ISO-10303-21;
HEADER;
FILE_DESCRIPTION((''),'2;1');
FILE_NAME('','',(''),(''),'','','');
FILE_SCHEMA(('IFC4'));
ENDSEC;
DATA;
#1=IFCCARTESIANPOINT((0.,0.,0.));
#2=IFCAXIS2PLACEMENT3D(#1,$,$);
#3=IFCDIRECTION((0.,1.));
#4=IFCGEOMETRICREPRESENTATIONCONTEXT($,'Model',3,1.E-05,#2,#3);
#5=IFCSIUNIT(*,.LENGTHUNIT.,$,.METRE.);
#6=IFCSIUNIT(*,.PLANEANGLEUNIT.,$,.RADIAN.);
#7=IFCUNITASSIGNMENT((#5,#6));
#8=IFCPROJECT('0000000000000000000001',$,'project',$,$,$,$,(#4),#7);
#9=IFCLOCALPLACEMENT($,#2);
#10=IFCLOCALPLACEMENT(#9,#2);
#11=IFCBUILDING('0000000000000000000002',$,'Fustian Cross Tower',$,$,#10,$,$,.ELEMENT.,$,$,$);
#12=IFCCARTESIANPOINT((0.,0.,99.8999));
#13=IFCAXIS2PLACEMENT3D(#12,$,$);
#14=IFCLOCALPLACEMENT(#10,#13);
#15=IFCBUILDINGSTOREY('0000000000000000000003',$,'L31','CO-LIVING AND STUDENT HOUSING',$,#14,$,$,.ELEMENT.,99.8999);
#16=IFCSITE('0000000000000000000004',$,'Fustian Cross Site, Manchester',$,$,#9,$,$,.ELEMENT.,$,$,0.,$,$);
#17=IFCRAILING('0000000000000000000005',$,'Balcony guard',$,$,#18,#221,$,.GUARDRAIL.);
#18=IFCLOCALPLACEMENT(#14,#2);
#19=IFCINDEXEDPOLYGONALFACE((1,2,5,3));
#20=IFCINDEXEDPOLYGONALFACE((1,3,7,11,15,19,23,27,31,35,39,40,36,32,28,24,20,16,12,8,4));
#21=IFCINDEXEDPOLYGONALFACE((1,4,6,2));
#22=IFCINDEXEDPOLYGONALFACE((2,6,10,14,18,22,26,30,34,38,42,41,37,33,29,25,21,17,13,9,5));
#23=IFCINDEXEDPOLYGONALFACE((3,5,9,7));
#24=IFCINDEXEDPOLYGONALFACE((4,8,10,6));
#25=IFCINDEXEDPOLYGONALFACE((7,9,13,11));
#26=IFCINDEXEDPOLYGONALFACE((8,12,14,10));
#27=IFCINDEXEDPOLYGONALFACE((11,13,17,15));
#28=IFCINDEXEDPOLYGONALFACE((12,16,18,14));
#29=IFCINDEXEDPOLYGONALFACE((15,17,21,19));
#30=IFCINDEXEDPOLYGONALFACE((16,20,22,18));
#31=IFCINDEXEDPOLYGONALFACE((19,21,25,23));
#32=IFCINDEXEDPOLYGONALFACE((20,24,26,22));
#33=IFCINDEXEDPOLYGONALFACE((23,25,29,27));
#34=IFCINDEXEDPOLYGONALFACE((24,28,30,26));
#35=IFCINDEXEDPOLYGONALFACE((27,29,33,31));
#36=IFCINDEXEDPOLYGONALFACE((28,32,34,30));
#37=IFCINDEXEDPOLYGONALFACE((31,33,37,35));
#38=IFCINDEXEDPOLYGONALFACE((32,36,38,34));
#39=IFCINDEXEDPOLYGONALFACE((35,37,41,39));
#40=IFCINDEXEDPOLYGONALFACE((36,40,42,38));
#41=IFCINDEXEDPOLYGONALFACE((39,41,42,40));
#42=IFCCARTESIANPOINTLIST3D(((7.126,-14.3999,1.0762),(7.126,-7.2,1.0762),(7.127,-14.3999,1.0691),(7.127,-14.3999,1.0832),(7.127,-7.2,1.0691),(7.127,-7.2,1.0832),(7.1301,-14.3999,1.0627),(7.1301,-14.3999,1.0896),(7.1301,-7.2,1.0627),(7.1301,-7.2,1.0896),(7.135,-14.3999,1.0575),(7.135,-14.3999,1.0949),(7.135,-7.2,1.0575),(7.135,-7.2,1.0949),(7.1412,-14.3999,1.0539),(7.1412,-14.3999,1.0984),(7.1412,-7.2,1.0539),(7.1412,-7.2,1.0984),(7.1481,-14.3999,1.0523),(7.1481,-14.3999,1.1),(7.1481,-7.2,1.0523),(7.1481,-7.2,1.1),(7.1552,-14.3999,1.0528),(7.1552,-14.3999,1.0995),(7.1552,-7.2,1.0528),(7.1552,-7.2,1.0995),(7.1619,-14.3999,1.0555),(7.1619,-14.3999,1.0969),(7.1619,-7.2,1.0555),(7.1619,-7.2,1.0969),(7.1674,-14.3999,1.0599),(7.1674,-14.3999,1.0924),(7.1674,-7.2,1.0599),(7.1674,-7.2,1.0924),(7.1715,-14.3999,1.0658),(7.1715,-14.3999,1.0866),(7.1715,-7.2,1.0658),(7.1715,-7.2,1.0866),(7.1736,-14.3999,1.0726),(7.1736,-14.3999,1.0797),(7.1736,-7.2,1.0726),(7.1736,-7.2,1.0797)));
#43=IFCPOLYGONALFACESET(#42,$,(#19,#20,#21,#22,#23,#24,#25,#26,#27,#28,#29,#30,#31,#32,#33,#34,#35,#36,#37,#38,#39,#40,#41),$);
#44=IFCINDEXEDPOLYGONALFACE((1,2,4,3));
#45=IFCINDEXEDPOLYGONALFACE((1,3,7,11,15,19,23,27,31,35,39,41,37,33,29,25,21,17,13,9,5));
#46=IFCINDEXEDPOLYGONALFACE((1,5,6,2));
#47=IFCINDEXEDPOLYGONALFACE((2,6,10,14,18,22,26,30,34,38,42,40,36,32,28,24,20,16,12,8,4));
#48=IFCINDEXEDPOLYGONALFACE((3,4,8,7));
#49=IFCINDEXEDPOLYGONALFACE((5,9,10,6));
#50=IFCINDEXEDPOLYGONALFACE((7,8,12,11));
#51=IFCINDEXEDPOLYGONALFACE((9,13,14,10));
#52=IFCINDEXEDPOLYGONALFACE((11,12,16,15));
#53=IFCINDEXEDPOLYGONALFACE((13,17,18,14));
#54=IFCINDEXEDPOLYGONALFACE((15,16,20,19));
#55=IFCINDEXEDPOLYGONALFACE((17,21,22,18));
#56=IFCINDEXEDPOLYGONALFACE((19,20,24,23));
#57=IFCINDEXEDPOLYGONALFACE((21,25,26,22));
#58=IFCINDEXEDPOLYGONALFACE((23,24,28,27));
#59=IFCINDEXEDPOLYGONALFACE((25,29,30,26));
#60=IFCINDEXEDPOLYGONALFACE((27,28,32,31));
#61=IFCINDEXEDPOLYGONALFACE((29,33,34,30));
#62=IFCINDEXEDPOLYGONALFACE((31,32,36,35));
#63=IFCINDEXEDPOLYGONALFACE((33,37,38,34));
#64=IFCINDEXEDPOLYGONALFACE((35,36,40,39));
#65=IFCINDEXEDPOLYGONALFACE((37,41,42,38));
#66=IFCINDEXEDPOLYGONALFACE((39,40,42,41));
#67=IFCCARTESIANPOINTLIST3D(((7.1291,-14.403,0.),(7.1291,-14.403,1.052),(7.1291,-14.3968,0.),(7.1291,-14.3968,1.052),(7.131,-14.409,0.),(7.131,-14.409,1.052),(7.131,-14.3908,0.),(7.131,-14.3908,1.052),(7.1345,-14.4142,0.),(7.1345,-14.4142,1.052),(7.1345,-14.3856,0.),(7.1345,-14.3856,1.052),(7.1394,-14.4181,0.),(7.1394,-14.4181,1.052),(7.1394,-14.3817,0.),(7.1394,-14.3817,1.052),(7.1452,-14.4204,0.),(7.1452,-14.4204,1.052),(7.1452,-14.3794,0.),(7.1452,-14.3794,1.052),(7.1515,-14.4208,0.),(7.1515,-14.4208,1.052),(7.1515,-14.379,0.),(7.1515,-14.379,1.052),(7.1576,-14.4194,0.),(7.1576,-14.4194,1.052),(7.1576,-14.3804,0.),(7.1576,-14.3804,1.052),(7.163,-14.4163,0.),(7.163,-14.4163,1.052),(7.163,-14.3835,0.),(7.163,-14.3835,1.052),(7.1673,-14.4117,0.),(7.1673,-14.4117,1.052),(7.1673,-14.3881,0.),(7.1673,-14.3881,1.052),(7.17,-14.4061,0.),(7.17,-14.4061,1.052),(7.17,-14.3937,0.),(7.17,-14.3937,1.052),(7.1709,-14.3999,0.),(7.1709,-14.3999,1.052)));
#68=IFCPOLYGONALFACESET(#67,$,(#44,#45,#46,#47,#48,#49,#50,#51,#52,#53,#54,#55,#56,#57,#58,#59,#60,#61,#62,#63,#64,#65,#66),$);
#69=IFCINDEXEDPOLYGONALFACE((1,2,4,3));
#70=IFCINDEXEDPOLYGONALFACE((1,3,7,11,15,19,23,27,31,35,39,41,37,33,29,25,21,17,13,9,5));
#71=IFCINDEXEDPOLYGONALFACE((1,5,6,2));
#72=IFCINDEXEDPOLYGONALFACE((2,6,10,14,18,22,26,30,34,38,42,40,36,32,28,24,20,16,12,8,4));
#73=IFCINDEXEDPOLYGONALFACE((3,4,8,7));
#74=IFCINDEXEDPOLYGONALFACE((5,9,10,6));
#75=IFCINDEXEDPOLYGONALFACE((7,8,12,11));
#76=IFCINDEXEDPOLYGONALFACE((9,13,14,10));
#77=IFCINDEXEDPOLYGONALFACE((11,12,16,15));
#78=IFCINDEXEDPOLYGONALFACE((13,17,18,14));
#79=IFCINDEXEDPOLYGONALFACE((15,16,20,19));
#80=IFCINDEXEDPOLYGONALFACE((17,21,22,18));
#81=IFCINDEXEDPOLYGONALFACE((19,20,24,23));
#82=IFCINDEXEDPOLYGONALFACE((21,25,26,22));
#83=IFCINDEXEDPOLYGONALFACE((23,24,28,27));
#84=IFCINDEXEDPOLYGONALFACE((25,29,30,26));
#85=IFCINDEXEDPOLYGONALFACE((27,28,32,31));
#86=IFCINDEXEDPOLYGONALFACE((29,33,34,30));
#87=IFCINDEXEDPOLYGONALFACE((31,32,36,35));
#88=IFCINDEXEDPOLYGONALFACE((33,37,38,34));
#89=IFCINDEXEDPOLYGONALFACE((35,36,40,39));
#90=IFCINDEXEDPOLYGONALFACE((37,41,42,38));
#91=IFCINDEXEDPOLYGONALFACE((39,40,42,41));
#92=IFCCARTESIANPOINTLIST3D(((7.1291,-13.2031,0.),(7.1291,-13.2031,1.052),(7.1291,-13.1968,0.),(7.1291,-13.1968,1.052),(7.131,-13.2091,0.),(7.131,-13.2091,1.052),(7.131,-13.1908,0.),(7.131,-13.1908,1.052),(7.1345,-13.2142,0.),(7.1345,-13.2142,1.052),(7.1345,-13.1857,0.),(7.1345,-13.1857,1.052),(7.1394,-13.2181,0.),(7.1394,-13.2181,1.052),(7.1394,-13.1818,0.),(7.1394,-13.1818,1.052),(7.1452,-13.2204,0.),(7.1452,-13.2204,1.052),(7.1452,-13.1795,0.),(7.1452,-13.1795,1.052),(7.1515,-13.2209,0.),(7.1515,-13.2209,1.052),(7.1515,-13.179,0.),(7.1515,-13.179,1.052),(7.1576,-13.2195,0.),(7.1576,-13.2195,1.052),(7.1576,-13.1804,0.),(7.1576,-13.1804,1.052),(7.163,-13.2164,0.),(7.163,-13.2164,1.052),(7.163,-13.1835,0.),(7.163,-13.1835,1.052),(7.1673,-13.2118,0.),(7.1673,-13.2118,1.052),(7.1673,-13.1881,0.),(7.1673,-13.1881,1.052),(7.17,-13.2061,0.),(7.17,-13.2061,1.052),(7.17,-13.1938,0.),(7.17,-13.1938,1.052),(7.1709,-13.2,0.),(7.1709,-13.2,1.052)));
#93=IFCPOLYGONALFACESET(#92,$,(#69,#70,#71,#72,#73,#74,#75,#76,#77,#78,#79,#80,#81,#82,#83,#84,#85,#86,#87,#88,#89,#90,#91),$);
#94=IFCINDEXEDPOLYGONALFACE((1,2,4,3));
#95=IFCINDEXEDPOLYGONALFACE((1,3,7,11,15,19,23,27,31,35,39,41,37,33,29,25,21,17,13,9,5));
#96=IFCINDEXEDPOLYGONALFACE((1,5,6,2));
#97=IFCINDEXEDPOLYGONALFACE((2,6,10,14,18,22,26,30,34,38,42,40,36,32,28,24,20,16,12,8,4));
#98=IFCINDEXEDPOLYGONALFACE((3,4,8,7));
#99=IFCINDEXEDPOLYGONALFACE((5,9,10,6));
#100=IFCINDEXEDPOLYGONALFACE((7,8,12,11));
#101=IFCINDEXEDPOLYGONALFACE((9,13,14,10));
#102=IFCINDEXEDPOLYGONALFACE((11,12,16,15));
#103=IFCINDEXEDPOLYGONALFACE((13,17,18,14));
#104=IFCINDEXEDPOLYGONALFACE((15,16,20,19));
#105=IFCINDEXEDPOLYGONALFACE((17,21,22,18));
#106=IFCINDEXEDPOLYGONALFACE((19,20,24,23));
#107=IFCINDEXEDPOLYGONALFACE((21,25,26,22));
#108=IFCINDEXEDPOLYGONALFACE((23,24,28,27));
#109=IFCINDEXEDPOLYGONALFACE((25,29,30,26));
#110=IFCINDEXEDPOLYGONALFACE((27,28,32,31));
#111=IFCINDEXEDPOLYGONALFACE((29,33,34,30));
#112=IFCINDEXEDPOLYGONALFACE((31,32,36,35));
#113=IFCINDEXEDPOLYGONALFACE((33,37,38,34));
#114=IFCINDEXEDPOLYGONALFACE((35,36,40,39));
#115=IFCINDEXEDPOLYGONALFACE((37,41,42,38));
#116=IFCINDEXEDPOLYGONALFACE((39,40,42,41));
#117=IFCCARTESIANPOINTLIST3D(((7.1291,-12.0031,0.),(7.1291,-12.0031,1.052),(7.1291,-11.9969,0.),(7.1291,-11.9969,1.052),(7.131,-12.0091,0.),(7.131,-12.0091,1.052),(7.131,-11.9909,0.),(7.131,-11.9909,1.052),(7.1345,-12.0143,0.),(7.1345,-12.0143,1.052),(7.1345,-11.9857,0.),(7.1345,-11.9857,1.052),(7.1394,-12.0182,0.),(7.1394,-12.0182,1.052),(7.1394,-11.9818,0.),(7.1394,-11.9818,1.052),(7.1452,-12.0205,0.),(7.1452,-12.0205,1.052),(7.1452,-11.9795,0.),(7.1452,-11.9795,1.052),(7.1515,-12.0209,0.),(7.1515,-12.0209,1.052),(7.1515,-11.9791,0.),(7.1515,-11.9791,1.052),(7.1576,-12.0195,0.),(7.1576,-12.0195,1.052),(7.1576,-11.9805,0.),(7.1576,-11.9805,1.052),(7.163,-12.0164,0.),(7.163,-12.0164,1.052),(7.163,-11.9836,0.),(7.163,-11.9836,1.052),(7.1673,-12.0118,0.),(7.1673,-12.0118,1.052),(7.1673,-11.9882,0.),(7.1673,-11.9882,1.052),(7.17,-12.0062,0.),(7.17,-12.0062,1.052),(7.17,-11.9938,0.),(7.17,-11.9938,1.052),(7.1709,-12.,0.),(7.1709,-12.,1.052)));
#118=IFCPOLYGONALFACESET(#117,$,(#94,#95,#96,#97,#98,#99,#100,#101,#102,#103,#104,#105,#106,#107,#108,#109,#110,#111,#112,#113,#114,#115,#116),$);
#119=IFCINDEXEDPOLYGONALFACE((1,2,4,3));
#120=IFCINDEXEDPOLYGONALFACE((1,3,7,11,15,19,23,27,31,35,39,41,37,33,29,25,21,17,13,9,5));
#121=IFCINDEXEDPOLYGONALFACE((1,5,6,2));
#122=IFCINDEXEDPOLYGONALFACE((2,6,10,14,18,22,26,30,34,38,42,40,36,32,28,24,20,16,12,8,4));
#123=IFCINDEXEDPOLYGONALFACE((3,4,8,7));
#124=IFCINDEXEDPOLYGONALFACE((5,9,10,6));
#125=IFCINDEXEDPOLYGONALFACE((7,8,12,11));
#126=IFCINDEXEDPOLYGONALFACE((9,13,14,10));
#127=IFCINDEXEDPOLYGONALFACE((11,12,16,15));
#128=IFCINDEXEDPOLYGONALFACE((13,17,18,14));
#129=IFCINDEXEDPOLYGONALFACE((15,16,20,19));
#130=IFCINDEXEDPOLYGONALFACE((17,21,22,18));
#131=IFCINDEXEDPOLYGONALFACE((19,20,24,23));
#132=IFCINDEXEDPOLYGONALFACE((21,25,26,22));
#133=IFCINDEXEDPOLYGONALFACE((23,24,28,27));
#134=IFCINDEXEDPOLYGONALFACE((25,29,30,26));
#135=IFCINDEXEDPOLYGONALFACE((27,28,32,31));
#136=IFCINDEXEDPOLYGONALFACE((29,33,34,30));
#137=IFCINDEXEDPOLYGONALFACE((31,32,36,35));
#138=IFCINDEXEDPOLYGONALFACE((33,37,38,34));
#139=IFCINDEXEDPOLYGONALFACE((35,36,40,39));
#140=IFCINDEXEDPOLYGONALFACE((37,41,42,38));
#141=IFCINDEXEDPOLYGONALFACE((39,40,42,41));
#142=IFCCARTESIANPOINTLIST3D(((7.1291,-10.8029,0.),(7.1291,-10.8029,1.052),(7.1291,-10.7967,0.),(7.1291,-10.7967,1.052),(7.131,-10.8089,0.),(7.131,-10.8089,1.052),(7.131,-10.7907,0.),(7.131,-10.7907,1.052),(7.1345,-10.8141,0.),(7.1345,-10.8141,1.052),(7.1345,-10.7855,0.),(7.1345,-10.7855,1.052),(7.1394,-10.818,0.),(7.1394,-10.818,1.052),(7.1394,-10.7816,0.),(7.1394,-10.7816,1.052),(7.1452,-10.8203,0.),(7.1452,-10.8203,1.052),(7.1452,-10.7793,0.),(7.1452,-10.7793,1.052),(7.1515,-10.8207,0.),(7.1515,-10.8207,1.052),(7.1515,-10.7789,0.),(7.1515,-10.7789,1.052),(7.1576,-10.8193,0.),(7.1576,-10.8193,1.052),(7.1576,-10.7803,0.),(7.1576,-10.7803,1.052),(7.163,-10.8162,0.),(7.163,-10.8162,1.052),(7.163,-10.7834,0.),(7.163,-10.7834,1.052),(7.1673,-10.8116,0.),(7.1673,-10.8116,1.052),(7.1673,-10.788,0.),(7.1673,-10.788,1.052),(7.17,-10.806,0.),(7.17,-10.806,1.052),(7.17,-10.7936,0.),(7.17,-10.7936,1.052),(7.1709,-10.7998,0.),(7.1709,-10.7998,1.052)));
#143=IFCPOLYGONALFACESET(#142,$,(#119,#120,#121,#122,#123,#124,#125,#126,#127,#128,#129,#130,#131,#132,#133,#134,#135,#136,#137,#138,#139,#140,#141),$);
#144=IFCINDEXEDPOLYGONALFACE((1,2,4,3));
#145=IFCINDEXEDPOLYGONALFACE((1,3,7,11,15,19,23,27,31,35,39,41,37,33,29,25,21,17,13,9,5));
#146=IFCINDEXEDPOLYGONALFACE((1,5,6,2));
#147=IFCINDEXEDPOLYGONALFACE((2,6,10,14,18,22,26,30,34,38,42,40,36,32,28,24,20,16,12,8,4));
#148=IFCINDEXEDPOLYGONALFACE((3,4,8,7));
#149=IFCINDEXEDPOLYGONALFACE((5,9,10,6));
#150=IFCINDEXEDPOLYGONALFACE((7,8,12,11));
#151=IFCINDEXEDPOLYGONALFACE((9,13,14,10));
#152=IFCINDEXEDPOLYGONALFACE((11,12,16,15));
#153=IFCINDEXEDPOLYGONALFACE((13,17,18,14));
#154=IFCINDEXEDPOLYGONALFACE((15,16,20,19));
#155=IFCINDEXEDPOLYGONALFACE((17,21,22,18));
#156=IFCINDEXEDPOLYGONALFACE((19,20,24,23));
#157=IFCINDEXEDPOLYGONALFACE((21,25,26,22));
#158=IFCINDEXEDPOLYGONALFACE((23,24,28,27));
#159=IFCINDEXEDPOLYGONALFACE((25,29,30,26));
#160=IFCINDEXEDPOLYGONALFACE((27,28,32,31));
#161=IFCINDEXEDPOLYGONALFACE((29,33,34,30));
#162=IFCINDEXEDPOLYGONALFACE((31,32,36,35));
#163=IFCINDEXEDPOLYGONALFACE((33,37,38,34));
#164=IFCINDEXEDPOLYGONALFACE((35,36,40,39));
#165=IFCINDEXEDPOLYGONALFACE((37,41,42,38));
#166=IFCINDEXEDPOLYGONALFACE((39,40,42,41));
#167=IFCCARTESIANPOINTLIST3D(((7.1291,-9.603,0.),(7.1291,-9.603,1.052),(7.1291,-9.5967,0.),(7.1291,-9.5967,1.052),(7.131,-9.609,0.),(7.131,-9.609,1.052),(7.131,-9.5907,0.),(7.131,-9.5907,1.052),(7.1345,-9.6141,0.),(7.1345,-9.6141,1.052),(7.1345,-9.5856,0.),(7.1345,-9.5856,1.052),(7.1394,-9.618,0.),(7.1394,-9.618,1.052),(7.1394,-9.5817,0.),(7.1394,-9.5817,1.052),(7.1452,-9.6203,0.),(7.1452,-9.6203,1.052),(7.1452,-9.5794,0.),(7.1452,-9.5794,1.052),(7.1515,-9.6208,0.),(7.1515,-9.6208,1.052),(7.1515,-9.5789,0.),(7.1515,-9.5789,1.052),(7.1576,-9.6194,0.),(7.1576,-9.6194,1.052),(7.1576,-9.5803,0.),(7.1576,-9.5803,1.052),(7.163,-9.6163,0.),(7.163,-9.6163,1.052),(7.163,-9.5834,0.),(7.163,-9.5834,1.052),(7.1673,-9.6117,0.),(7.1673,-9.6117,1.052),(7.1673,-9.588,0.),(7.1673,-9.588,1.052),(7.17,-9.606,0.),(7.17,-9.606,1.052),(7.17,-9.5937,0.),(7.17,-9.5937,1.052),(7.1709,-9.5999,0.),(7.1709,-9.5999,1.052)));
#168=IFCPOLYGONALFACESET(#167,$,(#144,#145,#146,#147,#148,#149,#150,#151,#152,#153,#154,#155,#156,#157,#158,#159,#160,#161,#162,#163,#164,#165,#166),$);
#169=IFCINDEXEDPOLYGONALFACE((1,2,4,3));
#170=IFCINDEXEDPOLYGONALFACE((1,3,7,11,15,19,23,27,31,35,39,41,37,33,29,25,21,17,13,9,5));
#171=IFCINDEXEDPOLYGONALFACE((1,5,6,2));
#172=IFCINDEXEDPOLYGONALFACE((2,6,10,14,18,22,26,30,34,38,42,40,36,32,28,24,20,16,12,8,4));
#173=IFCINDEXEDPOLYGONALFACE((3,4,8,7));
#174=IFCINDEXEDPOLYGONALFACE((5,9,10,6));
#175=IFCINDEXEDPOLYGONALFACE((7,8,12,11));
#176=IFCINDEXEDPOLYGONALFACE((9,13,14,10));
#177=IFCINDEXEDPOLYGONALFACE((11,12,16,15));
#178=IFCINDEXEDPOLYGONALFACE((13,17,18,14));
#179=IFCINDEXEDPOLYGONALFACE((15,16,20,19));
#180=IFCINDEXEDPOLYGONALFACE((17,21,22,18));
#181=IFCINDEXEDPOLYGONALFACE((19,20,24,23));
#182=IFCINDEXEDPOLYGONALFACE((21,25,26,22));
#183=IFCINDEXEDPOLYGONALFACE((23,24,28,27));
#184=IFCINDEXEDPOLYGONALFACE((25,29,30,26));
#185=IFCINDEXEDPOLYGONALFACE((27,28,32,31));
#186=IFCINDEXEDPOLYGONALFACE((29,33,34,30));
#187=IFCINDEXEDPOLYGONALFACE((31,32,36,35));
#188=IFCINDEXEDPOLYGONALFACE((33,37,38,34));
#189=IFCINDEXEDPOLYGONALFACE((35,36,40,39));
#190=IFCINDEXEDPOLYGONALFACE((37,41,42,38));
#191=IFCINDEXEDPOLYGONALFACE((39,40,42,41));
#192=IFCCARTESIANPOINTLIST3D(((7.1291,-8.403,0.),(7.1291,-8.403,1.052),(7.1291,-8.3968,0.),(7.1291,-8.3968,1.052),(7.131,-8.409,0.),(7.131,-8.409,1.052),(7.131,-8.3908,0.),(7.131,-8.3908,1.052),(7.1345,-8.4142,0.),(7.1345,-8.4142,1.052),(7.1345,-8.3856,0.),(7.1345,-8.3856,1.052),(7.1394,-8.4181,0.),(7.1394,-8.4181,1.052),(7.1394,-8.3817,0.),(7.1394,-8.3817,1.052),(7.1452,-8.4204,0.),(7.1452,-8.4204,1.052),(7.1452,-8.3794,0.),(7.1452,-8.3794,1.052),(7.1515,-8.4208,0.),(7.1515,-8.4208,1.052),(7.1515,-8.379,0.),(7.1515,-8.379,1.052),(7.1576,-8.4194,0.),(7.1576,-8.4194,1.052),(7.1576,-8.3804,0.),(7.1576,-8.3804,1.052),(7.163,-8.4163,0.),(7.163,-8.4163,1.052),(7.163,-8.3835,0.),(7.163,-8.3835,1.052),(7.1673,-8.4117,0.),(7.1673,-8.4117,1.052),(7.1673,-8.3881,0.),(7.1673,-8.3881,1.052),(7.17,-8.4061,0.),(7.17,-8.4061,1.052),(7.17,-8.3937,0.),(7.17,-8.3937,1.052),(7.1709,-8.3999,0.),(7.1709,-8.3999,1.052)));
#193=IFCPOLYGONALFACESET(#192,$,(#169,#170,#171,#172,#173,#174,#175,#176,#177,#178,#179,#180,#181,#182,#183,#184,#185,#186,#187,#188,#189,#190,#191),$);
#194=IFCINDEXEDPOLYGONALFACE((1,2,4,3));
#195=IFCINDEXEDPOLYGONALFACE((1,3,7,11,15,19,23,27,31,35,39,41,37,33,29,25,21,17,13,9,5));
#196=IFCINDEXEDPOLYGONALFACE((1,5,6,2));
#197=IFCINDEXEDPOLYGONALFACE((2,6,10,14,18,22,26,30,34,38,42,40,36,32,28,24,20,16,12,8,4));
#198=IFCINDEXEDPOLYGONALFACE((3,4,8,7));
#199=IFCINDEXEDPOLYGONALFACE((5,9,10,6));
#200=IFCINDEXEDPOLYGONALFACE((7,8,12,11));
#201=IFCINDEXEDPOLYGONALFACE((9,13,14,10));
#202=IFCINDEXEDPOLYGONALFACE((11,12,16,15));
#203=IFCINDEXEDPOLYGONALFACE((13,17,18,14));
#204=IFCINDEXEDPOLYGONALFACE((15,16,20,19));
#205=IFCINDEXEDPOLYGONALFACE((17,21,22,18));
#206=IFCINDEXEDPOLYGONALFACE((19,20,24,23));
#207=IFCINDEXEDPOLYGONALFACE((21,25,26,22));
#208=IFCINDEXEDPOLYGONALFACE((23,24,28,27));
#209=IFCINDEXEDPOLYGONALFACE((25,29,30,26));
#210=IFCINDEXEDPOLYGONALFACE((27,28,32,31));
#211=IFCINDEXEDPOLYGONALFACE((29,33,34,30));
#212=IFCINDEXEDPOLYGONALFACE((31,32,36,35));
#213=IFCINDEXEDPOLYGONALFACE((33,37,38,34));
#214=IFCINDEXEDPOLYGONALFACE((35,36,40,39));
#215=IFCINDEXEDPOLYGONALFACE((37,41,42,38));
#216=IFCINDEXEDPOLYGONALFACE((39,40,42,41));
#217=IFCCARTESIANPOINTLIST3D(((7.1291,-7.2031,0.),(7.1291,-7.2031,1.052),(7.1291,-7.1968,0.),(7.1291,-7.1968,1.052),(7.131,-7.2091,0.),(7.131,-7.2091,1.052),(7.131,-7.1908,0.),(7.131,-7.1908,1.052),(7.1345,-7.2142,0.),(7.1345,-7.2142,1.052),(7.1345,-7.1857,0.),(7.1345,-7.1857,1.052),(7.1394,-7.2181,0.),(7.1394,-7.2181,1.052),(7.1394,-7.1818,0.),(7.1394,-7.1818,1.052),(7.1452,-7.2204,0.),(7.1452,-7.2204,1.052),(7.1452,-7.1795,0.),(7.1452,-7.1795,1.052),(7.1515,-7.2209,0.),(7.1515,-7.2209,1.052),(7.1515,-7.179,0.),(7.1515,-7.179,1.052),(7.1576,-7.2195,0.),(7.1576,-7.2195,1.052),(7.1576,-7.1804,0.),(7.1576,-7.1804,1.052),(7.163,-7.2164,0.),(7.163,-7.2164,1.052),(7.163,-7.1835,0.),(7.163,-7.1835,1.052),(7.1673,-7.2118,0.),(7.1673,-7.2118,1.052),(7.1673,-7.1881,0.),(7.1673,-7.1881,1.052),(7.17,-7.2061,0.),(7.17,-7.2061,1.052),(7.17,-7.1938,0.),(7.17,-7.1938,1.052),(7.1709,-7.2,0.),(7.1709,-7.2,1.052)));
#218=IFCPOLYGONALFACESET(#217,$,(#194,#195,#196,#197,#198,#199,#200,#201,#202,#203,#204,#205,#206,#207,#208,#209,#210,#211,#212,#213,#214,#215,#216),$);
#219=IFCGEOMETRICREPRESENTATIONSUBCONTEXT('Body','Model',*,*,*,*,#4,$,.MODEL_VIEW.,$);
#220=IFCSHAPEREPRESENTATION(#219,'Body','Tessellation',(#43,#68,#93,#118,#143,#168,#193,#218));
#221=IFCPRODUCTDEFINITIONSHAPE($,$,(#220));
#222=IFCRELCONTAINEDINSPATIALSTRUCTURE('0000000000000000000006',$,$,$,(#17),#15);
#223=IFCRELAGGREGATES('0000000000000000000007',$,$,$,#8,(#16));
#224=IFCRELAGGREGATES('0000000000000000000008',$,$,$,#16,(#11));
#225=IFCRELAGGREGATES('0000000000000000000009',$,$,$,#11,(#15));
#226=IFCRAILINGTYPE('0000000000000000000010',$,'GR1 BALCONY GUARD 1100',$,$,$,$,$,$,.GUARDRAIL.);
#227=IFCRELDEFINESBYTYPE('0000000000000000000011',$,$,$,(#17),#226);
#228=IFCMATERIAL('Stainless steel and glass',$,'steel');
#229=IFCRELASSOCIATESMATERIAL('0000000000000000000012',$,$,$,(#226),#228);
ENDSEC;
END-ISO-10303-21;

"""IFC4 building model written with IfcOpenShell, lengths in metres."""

from ifc_helpers import new_model, si_unit, direction, frame, origin, origin_2d, place, context, subcontext, project, spatial, circle, extrude, material, type_object, element, save


model = new_model("IFC4")

# Units and contexts
model_context = context("Model", 3, precision=1e-05, world=origin(), true_north=direction((0.0, 1.0)))
body_context = subcontext(model_context, "Body", "Model", "MODEL_VIEW")
ifc_project = project(units=[si_unit("LENGTHUNIT", "METRE"), si_unit("PLANEANGLEUNIT", "RADIAN")], contexts=[model_context])

# Site, building, storey
site_placement = place(None, origin())
site = spatial("IfcSite", under=ifc_project, at=site_placement, Name="Fustian Cross Site, Manchester", CompositionType="ELEMENT", RefElevation=0.0)
building_placement = place(site_placement, origin())
building = spatial("IfcBuilding", under=site, at=building_placement, Name="Fustian Cross Tower", CompositionType="ELEMENT")
storey_placement = place(building_placement, frame((0.0, 0.0, 99.8999)))
storey = spatial("IfcBuildingStorey", under=building, at=storey_placement, Name="L31", Description="CO-LIVING AND STUDENT HOUSING", CompositionType="ELEMENT", Elevation=99.8999)

# Railing
ifc_material_1 = material(Name="Stainless steel and glass", Category="steel")
railing_type = type_object("IfcRailingType", Name="GR1 BALCONY GUARD 1100", PredefinedType="GUARDRAIL", material=ifc_material_1)
railing_placement = place(storey_placement, frame((7.1499, -14.3999, 0.0)))
element("IfcRailing", 1, at=railing_placement, inside=storey, type_object=railing_type, Name="Balcony guard", PredefinedType="GUARDRAIL", context=body_context, shape_type="SweptSolid", body=[
    extrude(circle(Radius=0.0239, at=origin_2d()), frame((0.0, 0.0, 1.0762), z_axis=(0.0, 1.0, 0.0), x_axis=(-1.0, 0.0, 0.0)), (0.0, 0.0, 1.0), 7.2),
    extrude(circle(Radius=0.021, at=origin_2d()), origin(), (0.0, 0.0, 1.0), 1.052),
    extrude(circle(Radius=0.021, at=origin_2d()), frame((0.0, 1.2, 0.0)), (0.0, 0.0, 1.0), 1.052),
    extrude(circle(Radius=0.021, at=origin_2d()), frame((0.0, 2.3999, 0.0)), (0.0, 0.0, 1.0), 1.052),
    extrude(circle(Radius=0.021, at=origin_2d()), frame((0.0, 3.6001, 0.0)), (0.0, 0.0, 1.0), 1.052),
    extrude(circle(Radius=0.021, at=origin_2d()), frame((0.0, 4.8, 0.0)), (0.0, 0.0, 1.0), 1.052),
    extrude(circle(Radius=0.021, at=origin_2d()), frame((0.0, 6.0, 0.0)), (0.0, 0.0, 1.0), 1.052),
    extrude(circle(Radius=0.021, at=origin_2d()), frame((0.0, 7.2, 0.0)), (0.0, 0.0, 1.0), 1.052),
])

save(model, "model.ifc")
